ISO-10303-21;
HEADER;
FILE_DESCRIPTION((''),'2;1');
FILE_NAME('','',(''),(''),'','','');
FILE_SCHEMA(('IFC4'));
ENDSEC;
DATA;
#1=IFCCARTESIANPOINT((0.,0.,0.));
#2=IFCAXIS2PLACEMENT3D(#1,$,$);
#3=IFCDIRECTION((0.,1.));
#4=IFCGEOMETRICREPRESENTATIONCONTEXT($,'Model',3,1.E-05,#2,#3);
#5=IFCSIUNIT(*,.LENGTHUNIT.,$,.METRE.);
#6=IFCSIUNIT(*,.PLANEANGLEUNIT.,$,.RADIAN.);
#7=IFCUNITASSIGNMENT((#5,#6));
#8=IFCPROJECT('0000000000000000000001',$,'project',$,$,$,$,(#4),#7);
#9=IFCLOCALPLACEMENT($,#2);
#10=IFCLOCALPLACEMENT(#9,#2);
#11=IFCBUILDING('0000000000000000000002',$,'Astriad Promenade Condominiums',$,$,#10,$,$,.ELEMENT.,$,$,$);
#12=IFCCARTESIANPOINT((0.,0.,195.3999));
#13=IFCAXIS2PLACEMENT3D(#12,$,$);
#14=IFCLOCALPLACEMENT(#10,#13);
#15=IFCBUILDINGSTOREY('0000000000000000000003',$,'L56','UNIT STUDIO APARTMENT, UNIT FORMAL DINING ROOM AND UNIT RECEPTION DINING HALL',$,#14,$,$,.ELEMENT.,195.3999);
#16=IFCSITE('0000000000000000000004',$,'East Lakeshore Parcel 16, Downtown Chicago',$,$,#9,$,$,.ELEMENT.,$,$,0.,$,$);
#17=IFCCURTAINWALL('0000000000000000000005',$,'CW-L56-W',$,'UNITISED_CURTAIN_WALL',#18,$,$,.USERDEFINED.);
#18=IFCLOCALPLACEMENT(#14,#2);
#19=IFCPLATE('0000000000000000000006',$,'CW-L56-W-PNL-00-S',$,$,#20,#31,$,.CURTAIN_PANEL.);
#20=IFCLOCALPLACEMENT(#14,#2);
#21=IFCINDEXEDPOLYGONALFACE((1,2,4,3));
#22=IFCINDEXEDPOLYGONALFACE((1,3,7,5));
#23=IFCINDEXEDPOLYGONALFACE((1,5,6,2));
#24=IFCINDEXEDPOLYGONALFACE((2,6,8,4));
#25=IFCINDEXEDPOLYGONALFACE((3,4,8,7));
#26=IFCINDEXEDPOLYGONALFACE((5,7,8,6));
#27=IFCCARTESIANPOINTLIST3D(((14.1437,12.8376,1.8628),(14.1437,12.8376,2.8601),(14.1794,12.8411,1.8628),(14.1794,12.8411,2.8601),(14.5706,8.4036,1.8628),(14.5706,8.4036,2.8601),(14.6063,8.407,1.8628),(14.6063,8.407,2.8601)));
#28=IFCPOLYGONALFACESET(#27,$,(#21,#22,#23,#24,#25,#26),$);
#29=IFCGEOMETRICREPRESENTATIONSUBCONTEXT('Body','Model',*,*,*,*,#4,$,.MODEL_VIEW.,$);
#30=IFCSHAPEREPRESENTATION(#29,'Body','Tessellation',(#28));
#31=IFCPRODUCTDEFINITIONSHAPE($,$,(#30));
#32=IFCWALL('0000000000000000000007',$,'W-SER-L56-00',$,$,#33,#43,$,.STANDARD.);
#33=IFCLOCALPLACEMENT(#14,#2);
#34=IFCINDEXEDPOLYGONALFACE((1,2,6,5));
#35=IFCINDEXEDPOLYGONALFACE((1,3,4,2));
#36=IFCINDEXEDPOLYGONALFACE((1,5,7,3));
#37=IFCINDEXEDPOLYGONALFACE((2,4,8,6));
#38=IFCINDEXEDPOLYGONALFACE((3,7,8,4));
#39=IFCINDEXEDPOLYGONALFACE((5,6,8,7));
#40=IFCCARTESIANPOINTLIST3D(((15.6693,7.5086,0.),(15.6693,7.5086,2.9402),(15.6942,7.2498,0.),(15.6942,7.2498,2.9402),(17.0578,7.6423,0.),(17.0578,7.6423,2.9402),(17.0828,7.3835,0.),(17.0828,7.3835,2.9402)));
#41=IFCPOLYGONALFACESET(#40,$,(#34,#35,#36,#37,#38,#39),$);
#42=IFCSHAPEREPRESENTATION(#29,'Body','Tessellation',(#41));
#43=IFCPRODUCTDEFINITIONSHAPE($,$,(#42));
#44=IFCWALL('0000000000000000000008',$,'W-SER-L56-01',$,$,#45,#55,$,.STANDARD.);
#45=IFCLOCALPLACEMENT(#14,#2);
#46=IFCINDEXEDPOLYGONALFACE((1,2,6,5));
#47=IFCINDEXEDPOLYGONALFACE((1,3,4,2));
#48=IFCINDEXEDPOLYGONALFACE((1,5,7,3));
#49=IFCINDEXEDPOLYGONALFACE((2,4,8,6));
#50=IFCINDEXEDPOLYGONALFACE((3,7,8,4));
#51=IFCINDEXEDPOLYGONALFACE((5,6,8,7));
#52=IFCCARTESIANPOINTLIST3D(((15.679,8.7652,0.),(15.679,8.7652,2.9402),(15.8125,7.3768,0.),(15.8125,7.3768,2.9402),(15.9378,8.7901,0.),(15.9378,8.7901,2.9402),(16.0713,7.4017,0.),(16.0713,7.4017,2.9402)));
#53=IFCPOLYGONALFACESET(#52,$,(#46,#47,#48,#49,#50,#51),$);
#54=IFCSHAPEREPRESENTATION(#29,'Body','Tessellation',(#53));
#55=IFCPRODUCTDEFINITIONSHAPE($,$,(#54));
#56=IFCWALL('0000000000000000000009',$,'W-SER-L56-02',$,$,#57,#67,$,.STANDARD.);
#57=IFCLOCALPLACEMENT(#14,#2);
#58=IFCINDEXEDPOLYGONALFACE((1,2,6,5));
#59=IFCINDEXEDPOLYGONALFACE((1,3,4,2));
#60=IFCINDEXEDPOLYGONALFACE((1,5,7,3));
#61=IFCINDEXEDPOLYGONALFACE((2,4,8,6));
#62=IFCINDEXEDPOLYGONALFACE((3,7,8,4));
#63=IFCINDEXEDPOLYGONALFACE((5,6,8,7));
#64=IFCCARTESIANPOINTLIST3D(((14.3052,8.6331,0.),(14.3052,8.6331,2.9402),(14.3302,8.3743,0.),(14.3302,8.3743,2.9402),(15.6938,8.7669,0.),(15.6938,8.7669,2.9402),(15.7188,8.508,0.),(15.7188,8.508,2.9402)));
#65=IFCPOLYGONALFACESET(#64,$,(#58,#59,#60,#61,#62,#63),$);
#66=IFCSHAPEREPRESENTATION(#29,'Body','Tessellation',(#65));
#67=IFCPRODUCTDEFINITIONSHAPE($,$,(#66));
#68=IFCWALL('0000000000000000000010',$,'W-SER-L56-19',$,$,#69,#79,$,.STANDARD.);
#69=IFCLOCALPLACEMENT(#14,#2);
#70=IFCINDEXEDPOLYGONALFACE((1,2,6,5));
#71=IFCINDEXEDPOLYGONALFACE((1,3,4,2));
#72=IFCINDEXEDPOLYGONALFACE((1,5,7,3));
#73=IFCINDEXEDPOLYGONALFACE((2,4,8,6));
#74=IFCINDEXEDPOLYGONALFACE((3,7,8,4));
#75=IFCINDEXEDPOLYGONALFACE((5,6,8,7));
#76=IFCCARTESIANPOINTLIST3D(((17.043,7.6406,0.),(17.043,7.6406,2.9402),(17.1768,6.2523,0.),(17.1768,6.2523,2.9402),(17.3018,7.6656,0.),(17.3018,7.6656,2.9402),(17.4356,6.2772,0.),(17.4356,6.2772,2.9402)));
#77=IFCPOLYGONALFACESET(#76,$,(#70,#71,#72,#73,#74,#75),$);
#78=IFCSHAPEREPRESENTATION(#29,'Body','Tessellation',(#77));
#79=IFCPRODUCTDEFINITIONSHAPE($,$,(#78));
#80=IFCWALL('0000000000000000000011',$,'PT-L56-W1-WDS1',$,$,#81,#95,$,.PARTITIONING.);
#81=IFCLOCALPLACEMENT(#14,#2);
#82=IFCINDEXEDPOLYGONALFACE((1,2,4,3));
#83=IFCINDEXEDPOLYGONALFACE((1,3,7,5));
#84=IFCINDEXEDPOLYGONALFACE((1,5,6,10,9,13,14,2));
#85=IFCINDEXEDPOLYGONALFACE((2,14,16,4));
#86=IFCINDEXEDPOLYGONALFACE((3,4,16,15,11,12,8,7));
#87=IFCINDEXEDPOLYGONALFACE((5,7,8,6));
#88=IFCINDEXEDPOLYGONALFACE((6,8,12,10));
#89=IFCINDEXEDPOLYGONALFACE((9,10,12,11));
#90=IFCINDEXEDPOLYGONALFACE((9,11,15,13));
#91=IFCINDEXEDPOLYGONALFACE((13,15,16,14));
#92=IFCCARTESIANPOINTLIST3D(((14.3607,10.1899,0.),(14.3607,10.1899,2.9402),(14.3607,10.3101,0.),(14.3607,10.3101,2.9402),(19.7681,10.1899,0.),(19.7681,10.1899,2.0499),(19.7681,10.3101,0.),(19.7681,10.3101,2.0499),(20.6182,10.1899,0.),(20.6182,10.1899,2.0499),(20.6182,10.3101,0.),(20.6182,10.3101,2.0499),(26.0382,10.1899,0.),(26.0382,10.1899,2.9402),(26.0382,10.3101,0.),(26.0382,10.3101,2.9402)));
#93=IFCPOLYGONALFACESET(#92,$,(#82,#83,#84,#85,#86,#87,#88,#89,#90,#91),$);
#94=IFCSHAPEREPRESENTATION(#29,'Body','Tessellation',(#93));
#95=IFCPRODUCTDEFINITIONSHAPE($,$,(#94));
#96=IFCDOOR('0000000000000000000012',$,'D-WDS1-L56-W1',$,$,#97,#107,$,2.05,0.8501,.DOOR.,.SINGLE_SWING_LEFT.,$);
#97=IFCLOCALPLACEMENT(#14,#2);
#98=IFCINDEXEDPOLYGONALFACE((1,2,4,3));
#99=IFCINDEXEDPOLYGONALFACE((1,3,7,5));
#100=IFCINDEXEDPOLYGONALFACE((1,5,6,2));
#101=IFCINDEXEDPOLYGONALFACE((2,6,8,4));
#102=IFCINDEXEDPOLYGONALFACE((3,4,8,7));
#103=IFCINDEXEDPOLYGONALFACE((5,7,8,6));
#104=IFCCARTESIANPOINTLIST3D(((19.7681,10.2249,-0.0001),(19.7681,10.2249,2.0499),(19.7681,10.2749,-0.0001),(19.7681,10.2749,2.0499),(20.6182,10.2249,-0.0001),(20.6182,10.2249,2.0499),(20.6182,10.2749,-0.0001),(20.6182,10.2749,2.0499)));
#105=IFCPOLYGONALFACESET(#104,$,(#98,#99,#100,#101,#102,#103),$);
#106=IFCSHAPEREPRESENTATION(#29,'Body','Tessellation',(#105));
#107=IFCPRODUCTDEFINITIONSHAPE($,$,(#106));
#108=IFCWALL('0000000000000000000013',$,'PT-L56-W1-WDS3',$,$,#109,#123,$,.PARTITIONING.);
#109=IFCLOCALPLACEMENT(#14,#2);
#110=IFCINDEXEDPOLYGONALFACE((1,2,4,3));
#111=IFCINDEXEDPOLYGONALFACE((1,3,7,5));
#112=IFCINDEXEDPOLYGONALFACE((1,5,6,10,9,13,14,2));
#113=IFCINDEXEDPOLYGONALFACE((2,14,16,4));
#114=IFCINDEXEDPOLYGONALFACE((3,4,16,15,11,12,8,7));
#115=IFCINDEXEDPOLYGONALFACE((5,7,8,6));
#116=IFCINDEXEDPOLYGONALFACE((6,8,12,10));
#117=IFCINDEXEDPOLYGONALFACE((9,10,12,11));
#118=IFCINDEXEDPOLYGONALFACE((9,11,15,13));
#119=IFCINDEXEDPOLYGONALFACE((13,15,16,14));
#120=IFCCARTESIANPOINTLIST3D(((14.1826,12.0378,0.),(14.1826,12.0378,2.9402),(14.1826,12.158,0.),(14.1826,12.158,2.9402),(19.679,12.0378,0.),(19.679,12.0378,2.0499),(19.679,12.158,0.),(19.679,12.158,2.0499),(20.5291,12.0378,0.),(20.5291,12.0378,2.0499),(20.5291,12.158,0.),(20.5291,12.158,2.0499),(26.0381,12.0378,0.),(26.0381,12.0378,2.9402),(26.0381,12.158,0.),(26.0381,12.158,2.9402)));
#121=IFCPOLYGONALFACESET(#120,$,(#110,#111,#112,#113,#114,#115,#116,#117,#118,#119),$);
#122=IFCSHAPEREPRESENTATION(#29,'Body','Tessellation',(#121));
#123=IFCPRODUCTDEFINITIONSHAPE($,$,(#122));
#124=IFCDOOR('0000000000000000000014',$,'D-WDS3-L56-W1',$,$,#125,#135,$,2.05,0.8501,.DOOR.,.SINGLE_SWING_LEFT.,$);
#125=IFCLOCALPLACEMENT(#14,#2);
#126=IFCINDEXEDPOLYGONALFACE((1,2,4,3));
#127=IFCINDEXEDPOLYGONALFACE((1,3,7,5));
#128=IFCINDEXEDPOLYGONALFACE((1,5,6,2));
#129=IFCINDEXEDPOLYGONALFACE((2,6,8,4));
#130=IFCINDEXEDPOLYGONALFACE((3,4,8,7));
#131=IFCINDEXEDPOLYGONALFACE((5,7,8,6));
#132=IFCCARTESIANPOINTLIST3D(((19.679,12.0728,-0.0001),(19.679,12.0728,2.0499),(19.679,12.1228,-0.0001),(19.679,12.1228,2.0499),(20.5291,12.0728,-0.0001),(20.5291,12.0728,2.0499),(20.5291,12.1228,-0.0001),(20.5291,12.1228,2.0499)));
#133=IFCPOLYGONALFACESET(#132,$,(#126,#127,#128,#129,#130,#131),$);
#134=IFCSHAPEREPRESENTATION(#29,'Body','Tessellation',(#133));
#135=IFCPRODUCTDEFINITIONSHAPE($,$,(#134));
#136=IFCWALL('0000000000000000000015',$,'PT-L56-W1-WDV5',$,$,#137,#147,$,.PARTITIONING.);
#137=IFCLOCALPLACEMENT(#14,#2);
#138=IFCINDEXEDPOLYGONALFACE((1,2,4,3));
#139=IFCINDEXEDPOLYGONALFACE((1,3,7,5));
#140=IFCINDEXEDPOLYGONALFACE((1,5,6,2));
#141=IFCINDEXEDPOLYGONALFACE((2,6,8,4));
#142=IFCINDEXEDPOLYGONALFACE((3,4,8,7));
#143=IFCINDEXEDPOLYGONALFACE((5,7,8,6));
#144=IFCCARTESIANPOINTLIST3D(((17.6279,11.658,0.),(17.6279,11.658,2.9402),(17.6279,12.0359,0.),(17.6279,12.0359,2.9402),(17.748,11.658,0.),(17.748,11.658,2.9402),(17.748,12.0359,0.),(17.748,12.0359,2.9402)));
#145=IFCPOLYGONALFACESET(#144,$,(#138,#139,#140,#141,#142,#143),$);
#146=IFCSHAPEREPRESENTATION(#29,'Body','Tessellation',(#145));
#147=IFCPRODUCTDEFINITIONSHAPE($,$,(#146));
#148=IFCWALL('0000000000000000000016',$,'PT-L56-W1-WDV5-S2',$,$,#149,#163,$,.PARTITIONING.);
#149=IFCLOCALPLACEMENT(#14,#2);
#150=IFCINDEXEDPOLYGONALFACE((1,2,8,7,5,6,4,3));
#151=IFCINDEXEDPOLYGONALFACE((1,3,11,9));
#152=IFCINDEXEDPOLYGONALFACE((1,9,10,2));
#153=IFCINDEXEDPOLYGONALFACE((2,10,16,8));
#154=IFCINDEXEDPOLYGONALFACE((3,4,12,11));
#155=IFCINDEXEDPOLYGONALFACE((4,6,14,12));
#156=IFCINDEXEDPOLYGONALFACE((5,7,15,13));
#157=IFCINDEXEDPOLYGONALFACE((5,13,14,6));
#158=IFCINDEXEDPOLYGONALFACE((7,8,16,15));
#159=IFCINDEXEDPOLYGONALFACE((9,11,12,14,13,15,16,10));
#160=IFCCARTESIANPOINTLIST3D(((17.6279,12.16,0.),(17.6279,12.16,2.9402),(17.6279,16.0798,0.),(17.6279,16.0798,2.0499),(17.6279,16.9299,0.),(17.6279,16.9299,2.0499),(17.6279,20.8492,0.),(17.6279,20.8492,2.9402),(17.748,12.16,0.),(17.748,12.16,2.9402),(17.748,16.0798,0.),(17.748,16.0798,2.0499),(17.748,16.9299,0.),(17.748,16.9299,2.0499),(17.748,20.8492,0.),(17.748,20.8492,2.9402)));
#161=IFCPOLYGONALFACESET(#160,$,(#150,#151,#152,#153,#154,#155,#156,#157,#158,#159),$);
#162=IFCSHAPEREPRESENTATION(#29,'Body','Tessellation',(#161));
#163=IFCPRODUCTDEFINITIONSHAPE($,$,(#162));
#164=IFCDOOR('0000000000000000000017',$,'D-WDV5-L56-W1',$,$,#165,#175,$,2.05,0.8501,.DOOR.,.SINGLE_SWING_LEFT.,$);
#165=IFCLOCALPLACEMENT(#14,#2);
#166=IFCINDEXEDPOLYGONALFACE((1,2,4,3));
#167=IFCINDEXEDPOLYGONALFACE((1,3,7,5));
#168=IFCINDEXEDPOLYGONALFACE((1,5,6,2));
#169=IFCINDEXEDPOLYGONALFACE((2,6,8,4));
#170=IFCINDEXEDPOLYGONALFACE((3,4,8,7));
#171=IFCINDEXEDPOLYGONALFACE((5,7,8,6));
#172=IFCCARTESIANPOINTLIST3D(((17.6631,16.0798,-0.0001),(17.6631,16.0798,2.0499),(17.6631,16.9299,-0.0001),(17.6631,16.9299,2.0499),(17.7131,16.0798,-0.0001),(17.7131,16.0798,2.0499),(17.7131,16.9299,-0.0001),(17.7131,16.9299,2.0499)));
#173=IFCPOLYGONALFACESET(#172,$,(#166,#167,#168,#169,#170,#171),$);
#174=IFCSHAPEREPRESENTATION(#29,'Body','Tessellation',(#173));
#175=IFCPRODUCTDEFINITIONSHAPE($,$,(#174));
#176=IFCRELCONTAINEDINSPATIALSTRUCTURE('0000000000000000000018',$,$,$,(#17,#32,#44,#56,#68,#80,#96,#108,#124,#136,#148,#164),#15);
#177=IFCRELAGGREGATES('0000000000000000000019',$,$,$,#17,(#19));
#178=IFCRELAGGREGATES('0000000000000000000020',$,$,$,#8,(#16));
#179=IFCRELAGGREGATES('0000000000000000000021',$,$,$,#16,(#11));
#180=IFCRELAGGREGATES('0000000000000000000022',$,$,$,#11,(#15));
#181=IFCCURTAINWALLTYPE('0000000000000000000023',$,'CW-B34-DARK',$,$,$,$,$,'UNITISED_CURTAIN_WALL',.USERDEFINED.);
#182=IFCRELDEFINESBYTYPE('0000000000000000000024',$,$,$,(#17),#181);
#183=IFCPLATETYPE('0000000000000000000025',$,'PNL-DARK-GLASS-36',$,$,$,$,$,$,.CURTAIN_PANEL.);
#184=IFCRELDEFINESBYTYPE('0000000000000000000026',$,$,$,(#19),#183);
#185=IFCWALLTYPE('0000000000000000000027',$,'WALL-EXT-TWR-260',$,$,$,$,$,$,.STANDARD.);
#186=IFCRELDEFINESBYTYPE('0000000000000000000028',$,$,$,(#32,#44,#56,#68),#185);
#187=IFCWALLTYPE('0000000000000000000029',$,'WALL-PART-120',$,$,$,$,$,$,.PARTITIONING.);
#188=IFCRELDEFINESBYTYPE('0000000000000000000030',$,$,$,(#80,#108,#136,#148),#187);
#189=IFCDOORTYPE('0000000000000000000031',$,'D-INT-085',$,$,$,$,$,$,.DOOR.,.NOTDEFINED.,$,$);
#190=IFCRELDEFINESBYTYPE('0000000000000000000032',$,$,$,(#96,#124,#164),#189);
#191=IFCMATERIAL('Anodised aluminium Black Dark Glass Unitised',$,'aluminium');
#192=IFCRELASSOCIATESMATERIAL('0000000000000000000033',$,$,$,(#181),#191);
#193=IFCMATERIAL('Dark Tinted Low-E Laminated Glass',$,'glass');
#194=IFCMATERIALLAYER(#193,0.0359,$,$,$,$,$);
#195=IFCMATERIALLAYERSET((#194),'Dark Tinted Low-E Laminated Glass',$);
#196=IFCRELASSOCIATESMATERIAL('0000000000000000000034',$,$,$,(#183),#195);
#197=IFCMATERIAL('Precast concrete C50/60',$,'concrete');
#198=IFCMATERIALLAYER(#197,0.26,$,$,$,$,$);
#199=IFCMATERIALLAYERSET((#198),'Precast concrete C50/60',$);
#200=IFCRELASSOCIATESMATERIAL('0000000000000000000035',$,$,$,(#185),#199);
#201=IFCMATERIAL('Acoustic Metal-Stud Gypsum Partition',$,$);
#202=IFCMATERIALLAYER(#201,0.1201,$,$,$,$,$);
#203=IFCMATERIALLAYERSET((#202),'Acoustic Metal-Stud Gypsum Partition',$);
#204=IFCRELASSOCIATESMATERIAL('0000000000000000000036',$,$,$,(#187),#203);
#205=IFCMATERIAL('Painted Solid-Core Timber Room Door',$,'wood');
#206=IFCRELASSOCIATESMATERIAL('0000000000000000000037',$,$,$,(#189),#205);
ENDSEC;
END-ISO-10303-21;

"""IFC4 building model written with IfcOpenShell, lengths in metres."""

from ifc_helpers import new_model, si_unit, direction, frame, frame_2d, origin, origin_2d, place, context, subcontext, project, spatial, rectangle, extrude, source, transform, mapped, material, layer, layer_set, type_object, type_shapes, element, fill, aggregate, save


model = new_model("IFC4")

# Units and contexts
model_context = context("Model", 3, precision=1e-05, world=origin(), true_north=direction((0.0, 1.0)))
body_context = subcontext(model_context, "Body", "Model", "MODEL_VIEW")
ifc_project = project(units=[si_unit("LENGTHUNIT", "METRE"), si_unit("PLANEANGLEUNIT", "RADIAN")], contexts=[model_context])

# Site, building, storey
site_placement = place(None, origin())
site = spatial("IfcSite", under=ifc_project, at=site_placement, Name="East Lakeshore Parcel 16, Downtown Chicago", CompositionType="ELEMENT", RefElevation=0.0)
building_placement = place(site_placement, origin())
building = spatial("IfcBuilding", under=site, at=building_placement, Name="Astriad Promenade Condominiums", CompositionType="ELEMENT")
storey_placement = place(building_placement, frame((0.0, 0.0, 195.3999)))
storey = spatial("IfcBuildingStorey", under=building, at=storey_placement, Name="L56", Description="UNIT STUDIO APARTMENT, UNIT FORMAL DINING ROOM AND UNIT RECEPTION DINING HALL", CompositionType="ELEMENT", Elevation=195.3999)

# Curtain wall
ifc_material_1 = material(Name="Anodised aluminium Black Dark Glass Unitised", Category="aluminium")
curtain_wall_type = type_object("IfcCurtainWallType", Name="CW-B34-DARK", ElementType="UNITISED_CURTAIN_WALL", PredefinedType="USERDEFINED", material=ifc_material_1)
curtain_wall_placement = place(storey_placement, origin())
curtain_wall = element("IfcCurtainWall", 1, at=curtain_wall_placement, inside=storey, type_object=curtain_wall_type, Name="CW-L56-W", ObjectType="UNITISED_CURTAIN_WALL", PredefinedType="USERDEFINED")

# Shared definitions
ifc_material_2 = material(Name="Precast concrete C50/60", Category="concrete")

# Plate
ifc_material_3 = material(Name="Dark Tinted Low-E Laminated Glass", Category="glass")
ifc_layer_1 = layer(ifc_material_3, 0.0359)
ifc_layer_set_1 = layer_set([ifc_layer_1], Name="Dark Tinted Low-E Laminated Glass")
plate_type = type_object("IfcPlateType", Name="PNL-DARK-GLASS-36", PredefinedType="CURTAIN_PANEL", material=ifc_layer_set_1)
shared_shape_1 = source(origin(), body_context, "Body", "SweptSolid", [
    extrude(rectangle(XDim=4.4546, YDim=0.0359, at=origin_2d()), origin(), (0.0, 0.0, 1.0), 0.9973),
])
plate_1_placement = place(storey_placement, frame((14.375, 10.6223, 1.8628), z_axis=(0.0, 0.0, 1.0), x_axis=(-0.095846, 0.995396, 0.0)))
plate_1 = element("IfcPlate", 2, at=plate_1_placement, type_object=plate_type, Name="CW-L56-W-PNL-00-S", PredefinedType="CURTAIN_PANEL", context=body_context, shape_type="MappedRepresentation", body=[
    mapped(shared_shape_1, transform((0.0, 0.0, 0.0), scale=1.0)),
])
aggregate(curtain_wall, [plate_1])

# Walls
ifc_layer_2 = layer(ifc_material_2, 0.26)
ifc_layer_set_2 = layer_set([ifc_layer_2], Name="Precast concrete C50/60")
wall_type_1 = type_object("IfcWallType", Name="WALL-EXT-TWR-260", PredefinedType="STANDARD", material=ifc_layer_set_2)
wall_1_placement = place(storey_placement, frame((17.0703, 7.5129, 0.0), z_axis=(0.0, 0.0, 1.0), x_axis=(-0.995391, -0.095899, 0.0)))
element("IfcWall", 3, at=wall_1_placement, inside=storey, type_object=wall_type_1, Name="W-SER-L56-00", PredefinedType="STANDARD", context=body_context, shape_type="SweptSolid", body=[
    extrude(rectangle(XDim=1.395, YDim=0.26, at=frame_2d((0.6975, 0.0))), origin(), (0.0, 0.0, 1.0), 2.9402),
])
wall_2_placement = place(storey_placement, frame((15.9419, 7.3894, 0.0), z_axis=(0.0, 0.0, 1.0), x_axis=(-0.095742, 0.995406, 0.0)))
element("IfcWall", 4, at=wall_2_placement, inside=storey, type_object=wall_type_1, Name="W-SER-L56-01", PredefinedType="STANDARD", context=body_context, shape_type="SweptSolid", body=[
    extrude(rectangle(XDim=1.3948, YDim=0.26, at=frame_2d((0.6973, 0.0))), origin(), (0.0, 0.0, 1.0), 2.9402),
])
wall_3_placement = place(storey_placement, frame((15.7063, 8.6375, 0.0), z_axis=(0.0, 0.0, 1.0), x_axis=(-0.995391, -0.095899, 0.0)))
element("IfcWall", 5, at=wall_3_placement, inside=storey, type_object=wall_type_1, Name="W-SER-L56-02", PredefinedType="STANDARD", context=body_context, shape_type="SweptSolid", body=[
    extrude(rectangle(XDim=1.395, YDim=0.26, at=frame_2d((0.6975, 0.0))), origin(), (0.0, 0.0, 1.0), 2.9402),
])
wall_4_placement = place(storey_placement, frame((17.3062, 6.2649, 0.0), z_axis=(0.0, 0.0, 1.0), x_axis=(-0.095916, 0.995389, 0.0)))
element("IfcWall", 6, at=wall_4_placement, inside=storey, type_object=wall_type_1, Name="W-SER-L56-19", PredefinedType="STANDARD", context=body_context, shape_type="SweptSolid", body=[
    extrude(rectangle(XDim=1.3948, YDim=0.26, at=frame_2d((0.6973, 0.0))), origin(), (0.0, 0.0, 1.0), 2.9402),
])

# Walls, openings, doors
ifc_material_4 = material(Name="Acoustic Metal-Stud Gypsum Partition")
ifc_layer_3 = layer(ifc_material_4, 0.1201)
ifc_layer_set_3 = layer_set([ifc_layer_3], Name="Acoustic Metal-Stud Gypsum Partition")
wall_type_2 = type_object("IfcWallType", Name="WALL-PART-120", PredefinedType="PARTITIONING", material=ifc_layer_set_3)
wall_5_placement = place(storey_placement, frame((14.3606, 10.25, 0.0), z_axis=(0.0, 0.0, 1.0), x_axis=(1.0, 0.0, 0.0)))
wall_5 = element("IfcWall", 7, at=wall_5_placement, inside=storey, type_object=wall_type_2, Name="PT-L56-W1-WDS1", PredefinedType="PARTITIONING", context=body_context, shape_type="SweptSolid", body=[
    extrude(rectangle(XDim=11.6775, YDim=0.1201, at=frame_2d((5.8389, 0.0))), origin(), (0.0, 0.0, 1.0), 2.9402),
])
opening_1_placement = place(wall_5_placement, frame((5.4075, 0.0, 0.0)))
opening_1 = element("IfcOpeningElement", 8, at=opening_1_placement, cuts=wall_5, PredefinedType="OPENING", context=body_context, shape_type="SweptSolid", body=[
    extrude(rectangle(XDim=0.8501, YDim=2.05, at=frame_2d((0.425, 1.0249))), frame((0.0, 0.0701, 0.0), z_axis=(0.0, -1.0, 0.0), x_axis=(1.0, 0.0, 0.0)), (0.0, 0.0, 1.0), 0.1401),
])
ifc_material_5 = material(Name="Painted Solid-Core Timber Room Door", Category="wood")
door_type = type_object("IfcDoorType", Name="D-INT-085", OperationType="NOTDEFINED", PredefinedType="DOOR", material=ifc_material_5)
shared_shape_2 = source(origin(), body_context, "Body", "SweptSolid", [
    extrude(rectangle(XDim=0.8501, YDim=2.05, at=frame_2d((0.425, 1.0249))), frame((0.0, 0.0249, 0.0), z_axis=(0.0, -1.0, 0.0), x_axis=(1.0, 0.0, 0.0)), (0.0, 0.0, 1.0), 0.05),
])
type_shapes(door_type, [shared_shape_2])
door_1_placement = place(opening_1_placement, origin())
door_1 = element("IfcDoor", 9, at=door_1_placement, inside=storey, type_object=door_type, Name="D-WDS1-L56-W1", OperationType="SINGLE_SWING_LEFT", OverallHeight=2.05, OverallWidth=0.8501, PredefinedType="DOOR", context=body_context, shape_type="MappedRepresentation", body=[
    mapped(shared_shape_2, transform((0.0, 0.0, 0.0), scale=1.0)),
])
fill(opening_1, door_1)
wall_6_placement = place(storey_placement, frame((14.1826, 12.0979, 0.0), z_axis=(0.0, 0.0, 1.0), x_axis=(1.0, 0.0, 0.0)))
wall_6 = element("IfcWall", 10, at=wall_6_placement, inside=storey, type_object=wall_type_2, Name="PT-L56-W1-WDS3", PredefinedType="PARTITIONING", context=body_context, shape_type="SweptSolid", body=[
    extrude(rectangle(XDim=11.8555, YDim=0.1201, at=frame_2d((5.9277, 0.0))), origin(), (0.0, 0.0, 1.0), 2.9402),
])
opening_2_placement = place(wall_6_placement, frame((5.4963, 0.0, 0.0)))
opening_2 = element("IfcOpeningElement", 11, at=opening_2_placement, cuts=wall_6, PredefinedType="OPENING", context=body_context, shape_type="SweptSolid", body=[
    extrude(rectangle(XDim=0.8501, YDim=2.05, at=frame_2d((0.425, 1.0249))), frame((0.0, 0.0701, 0.0), z_axis=(0.0, -1.0, 0.0), x_axis=(1.0, 0.0, 0.0)), (0.0, 0.0, 1.0), 0.1401),
])
door_2_placement = place(opening_2_placement, origin())
door_2 = element("IfcDoor", 12, at=door_2_placement, inside=storey, type_object=door_type, Name="D-WDS3-L56-W1", OperationType="SINGLE_SWING_LEFT", OverallHeight=2.05, OverallWidth=0.8501, PredefinedType="DOOR", context=body_context, shape_type="MappedRepresentation", body=[
    mapped(shared_shape_2, transform((0.0, 0.0, 0.0), scale=1.0)),
])
fill(opening_2, door_2)

# Wall
wall_7_placement = place(storey_placement, frame((17.688, 11.658, 0.0), z_axis=(0.0, 0.0, 1.0), x_axis=(0.0, 1.0, 0.0)))
element("IfcWall", 13, at=wall_7_placement, inside=storey, type_object=wall_type_2, Name="PT-L56-W1-WDV5", PredefinedType="PARTITIONING", context=body_context, shape_type="SweptSolid", body=[
    extrude(rectangle(XDim=0.3779, YDim=0.1201, at=frame_2d((0.189, 0.0))), origin(), (0.0, 0.0, 1.0), 2.9402),
])

# Wall, opening, door
wall_8_placement = place(storey_placement, frame((17.688, 12.1599, 0.0), z_axis=(0.0, 0.0, 1.0), x_axis=(0.0, 1.0, 0.0)))
wall_8 = element("IfcWall", 14, at=wall_8_placement, inside=storey, type_object=wall_type_2, Name="PT-L56-W1-WDV5-S2", PredefinedType="PARTITIONING", context=body_context, shape_type="SweptSolid", body=[
    extrude(rectangle(XDim=8.6892, YDim=0.1201, at=frame_2d((4.3447, 0.0))), origin(), (0.0, 0.0, 1.0), 2.9402),
])
opening_3_placement = place(wall_8_placement, frame((3.9199, 0.0, 0.0)))
opening_3 = element("IfcOpeningElement", 15, at=opening_3_placement, cuts=wall_8, PredefinedType="OPENING", context=body_context, shape_type="SweptSolid", body=[
    extrude(rectangle(XDim=0.8501, YDim=2.05, at=frame_2d((0.425, 1.0249))), frame((0.0, 0.0701, 0.0), z_axis=(0.0, -1.0, 0.0), x_axis=(1.0, 0.0, 0.0)), (0.0, 0.0, 1.0), 0.1401),
])
door_3_placement = place(opening_3_placement, origin())
door_3 = element("IfcDoor", 16, at=door_3_placement, inside=storey, type_object=door_type, Name="D-WDV5-L56-W1", OperationType="SINGLE_SWING_LEFT", OverallHeight=2.05, OverallWidth=0.8501, PredefinedType="DOOR", context=body_context, shape_type="MappedRepresentation", body=[
    mapped(shared_shape_2, transform((0.0, 0.0, 0.0), scale=1.0)),
])
fill(opening_3, door_3)

save(model, "model.ifc")
